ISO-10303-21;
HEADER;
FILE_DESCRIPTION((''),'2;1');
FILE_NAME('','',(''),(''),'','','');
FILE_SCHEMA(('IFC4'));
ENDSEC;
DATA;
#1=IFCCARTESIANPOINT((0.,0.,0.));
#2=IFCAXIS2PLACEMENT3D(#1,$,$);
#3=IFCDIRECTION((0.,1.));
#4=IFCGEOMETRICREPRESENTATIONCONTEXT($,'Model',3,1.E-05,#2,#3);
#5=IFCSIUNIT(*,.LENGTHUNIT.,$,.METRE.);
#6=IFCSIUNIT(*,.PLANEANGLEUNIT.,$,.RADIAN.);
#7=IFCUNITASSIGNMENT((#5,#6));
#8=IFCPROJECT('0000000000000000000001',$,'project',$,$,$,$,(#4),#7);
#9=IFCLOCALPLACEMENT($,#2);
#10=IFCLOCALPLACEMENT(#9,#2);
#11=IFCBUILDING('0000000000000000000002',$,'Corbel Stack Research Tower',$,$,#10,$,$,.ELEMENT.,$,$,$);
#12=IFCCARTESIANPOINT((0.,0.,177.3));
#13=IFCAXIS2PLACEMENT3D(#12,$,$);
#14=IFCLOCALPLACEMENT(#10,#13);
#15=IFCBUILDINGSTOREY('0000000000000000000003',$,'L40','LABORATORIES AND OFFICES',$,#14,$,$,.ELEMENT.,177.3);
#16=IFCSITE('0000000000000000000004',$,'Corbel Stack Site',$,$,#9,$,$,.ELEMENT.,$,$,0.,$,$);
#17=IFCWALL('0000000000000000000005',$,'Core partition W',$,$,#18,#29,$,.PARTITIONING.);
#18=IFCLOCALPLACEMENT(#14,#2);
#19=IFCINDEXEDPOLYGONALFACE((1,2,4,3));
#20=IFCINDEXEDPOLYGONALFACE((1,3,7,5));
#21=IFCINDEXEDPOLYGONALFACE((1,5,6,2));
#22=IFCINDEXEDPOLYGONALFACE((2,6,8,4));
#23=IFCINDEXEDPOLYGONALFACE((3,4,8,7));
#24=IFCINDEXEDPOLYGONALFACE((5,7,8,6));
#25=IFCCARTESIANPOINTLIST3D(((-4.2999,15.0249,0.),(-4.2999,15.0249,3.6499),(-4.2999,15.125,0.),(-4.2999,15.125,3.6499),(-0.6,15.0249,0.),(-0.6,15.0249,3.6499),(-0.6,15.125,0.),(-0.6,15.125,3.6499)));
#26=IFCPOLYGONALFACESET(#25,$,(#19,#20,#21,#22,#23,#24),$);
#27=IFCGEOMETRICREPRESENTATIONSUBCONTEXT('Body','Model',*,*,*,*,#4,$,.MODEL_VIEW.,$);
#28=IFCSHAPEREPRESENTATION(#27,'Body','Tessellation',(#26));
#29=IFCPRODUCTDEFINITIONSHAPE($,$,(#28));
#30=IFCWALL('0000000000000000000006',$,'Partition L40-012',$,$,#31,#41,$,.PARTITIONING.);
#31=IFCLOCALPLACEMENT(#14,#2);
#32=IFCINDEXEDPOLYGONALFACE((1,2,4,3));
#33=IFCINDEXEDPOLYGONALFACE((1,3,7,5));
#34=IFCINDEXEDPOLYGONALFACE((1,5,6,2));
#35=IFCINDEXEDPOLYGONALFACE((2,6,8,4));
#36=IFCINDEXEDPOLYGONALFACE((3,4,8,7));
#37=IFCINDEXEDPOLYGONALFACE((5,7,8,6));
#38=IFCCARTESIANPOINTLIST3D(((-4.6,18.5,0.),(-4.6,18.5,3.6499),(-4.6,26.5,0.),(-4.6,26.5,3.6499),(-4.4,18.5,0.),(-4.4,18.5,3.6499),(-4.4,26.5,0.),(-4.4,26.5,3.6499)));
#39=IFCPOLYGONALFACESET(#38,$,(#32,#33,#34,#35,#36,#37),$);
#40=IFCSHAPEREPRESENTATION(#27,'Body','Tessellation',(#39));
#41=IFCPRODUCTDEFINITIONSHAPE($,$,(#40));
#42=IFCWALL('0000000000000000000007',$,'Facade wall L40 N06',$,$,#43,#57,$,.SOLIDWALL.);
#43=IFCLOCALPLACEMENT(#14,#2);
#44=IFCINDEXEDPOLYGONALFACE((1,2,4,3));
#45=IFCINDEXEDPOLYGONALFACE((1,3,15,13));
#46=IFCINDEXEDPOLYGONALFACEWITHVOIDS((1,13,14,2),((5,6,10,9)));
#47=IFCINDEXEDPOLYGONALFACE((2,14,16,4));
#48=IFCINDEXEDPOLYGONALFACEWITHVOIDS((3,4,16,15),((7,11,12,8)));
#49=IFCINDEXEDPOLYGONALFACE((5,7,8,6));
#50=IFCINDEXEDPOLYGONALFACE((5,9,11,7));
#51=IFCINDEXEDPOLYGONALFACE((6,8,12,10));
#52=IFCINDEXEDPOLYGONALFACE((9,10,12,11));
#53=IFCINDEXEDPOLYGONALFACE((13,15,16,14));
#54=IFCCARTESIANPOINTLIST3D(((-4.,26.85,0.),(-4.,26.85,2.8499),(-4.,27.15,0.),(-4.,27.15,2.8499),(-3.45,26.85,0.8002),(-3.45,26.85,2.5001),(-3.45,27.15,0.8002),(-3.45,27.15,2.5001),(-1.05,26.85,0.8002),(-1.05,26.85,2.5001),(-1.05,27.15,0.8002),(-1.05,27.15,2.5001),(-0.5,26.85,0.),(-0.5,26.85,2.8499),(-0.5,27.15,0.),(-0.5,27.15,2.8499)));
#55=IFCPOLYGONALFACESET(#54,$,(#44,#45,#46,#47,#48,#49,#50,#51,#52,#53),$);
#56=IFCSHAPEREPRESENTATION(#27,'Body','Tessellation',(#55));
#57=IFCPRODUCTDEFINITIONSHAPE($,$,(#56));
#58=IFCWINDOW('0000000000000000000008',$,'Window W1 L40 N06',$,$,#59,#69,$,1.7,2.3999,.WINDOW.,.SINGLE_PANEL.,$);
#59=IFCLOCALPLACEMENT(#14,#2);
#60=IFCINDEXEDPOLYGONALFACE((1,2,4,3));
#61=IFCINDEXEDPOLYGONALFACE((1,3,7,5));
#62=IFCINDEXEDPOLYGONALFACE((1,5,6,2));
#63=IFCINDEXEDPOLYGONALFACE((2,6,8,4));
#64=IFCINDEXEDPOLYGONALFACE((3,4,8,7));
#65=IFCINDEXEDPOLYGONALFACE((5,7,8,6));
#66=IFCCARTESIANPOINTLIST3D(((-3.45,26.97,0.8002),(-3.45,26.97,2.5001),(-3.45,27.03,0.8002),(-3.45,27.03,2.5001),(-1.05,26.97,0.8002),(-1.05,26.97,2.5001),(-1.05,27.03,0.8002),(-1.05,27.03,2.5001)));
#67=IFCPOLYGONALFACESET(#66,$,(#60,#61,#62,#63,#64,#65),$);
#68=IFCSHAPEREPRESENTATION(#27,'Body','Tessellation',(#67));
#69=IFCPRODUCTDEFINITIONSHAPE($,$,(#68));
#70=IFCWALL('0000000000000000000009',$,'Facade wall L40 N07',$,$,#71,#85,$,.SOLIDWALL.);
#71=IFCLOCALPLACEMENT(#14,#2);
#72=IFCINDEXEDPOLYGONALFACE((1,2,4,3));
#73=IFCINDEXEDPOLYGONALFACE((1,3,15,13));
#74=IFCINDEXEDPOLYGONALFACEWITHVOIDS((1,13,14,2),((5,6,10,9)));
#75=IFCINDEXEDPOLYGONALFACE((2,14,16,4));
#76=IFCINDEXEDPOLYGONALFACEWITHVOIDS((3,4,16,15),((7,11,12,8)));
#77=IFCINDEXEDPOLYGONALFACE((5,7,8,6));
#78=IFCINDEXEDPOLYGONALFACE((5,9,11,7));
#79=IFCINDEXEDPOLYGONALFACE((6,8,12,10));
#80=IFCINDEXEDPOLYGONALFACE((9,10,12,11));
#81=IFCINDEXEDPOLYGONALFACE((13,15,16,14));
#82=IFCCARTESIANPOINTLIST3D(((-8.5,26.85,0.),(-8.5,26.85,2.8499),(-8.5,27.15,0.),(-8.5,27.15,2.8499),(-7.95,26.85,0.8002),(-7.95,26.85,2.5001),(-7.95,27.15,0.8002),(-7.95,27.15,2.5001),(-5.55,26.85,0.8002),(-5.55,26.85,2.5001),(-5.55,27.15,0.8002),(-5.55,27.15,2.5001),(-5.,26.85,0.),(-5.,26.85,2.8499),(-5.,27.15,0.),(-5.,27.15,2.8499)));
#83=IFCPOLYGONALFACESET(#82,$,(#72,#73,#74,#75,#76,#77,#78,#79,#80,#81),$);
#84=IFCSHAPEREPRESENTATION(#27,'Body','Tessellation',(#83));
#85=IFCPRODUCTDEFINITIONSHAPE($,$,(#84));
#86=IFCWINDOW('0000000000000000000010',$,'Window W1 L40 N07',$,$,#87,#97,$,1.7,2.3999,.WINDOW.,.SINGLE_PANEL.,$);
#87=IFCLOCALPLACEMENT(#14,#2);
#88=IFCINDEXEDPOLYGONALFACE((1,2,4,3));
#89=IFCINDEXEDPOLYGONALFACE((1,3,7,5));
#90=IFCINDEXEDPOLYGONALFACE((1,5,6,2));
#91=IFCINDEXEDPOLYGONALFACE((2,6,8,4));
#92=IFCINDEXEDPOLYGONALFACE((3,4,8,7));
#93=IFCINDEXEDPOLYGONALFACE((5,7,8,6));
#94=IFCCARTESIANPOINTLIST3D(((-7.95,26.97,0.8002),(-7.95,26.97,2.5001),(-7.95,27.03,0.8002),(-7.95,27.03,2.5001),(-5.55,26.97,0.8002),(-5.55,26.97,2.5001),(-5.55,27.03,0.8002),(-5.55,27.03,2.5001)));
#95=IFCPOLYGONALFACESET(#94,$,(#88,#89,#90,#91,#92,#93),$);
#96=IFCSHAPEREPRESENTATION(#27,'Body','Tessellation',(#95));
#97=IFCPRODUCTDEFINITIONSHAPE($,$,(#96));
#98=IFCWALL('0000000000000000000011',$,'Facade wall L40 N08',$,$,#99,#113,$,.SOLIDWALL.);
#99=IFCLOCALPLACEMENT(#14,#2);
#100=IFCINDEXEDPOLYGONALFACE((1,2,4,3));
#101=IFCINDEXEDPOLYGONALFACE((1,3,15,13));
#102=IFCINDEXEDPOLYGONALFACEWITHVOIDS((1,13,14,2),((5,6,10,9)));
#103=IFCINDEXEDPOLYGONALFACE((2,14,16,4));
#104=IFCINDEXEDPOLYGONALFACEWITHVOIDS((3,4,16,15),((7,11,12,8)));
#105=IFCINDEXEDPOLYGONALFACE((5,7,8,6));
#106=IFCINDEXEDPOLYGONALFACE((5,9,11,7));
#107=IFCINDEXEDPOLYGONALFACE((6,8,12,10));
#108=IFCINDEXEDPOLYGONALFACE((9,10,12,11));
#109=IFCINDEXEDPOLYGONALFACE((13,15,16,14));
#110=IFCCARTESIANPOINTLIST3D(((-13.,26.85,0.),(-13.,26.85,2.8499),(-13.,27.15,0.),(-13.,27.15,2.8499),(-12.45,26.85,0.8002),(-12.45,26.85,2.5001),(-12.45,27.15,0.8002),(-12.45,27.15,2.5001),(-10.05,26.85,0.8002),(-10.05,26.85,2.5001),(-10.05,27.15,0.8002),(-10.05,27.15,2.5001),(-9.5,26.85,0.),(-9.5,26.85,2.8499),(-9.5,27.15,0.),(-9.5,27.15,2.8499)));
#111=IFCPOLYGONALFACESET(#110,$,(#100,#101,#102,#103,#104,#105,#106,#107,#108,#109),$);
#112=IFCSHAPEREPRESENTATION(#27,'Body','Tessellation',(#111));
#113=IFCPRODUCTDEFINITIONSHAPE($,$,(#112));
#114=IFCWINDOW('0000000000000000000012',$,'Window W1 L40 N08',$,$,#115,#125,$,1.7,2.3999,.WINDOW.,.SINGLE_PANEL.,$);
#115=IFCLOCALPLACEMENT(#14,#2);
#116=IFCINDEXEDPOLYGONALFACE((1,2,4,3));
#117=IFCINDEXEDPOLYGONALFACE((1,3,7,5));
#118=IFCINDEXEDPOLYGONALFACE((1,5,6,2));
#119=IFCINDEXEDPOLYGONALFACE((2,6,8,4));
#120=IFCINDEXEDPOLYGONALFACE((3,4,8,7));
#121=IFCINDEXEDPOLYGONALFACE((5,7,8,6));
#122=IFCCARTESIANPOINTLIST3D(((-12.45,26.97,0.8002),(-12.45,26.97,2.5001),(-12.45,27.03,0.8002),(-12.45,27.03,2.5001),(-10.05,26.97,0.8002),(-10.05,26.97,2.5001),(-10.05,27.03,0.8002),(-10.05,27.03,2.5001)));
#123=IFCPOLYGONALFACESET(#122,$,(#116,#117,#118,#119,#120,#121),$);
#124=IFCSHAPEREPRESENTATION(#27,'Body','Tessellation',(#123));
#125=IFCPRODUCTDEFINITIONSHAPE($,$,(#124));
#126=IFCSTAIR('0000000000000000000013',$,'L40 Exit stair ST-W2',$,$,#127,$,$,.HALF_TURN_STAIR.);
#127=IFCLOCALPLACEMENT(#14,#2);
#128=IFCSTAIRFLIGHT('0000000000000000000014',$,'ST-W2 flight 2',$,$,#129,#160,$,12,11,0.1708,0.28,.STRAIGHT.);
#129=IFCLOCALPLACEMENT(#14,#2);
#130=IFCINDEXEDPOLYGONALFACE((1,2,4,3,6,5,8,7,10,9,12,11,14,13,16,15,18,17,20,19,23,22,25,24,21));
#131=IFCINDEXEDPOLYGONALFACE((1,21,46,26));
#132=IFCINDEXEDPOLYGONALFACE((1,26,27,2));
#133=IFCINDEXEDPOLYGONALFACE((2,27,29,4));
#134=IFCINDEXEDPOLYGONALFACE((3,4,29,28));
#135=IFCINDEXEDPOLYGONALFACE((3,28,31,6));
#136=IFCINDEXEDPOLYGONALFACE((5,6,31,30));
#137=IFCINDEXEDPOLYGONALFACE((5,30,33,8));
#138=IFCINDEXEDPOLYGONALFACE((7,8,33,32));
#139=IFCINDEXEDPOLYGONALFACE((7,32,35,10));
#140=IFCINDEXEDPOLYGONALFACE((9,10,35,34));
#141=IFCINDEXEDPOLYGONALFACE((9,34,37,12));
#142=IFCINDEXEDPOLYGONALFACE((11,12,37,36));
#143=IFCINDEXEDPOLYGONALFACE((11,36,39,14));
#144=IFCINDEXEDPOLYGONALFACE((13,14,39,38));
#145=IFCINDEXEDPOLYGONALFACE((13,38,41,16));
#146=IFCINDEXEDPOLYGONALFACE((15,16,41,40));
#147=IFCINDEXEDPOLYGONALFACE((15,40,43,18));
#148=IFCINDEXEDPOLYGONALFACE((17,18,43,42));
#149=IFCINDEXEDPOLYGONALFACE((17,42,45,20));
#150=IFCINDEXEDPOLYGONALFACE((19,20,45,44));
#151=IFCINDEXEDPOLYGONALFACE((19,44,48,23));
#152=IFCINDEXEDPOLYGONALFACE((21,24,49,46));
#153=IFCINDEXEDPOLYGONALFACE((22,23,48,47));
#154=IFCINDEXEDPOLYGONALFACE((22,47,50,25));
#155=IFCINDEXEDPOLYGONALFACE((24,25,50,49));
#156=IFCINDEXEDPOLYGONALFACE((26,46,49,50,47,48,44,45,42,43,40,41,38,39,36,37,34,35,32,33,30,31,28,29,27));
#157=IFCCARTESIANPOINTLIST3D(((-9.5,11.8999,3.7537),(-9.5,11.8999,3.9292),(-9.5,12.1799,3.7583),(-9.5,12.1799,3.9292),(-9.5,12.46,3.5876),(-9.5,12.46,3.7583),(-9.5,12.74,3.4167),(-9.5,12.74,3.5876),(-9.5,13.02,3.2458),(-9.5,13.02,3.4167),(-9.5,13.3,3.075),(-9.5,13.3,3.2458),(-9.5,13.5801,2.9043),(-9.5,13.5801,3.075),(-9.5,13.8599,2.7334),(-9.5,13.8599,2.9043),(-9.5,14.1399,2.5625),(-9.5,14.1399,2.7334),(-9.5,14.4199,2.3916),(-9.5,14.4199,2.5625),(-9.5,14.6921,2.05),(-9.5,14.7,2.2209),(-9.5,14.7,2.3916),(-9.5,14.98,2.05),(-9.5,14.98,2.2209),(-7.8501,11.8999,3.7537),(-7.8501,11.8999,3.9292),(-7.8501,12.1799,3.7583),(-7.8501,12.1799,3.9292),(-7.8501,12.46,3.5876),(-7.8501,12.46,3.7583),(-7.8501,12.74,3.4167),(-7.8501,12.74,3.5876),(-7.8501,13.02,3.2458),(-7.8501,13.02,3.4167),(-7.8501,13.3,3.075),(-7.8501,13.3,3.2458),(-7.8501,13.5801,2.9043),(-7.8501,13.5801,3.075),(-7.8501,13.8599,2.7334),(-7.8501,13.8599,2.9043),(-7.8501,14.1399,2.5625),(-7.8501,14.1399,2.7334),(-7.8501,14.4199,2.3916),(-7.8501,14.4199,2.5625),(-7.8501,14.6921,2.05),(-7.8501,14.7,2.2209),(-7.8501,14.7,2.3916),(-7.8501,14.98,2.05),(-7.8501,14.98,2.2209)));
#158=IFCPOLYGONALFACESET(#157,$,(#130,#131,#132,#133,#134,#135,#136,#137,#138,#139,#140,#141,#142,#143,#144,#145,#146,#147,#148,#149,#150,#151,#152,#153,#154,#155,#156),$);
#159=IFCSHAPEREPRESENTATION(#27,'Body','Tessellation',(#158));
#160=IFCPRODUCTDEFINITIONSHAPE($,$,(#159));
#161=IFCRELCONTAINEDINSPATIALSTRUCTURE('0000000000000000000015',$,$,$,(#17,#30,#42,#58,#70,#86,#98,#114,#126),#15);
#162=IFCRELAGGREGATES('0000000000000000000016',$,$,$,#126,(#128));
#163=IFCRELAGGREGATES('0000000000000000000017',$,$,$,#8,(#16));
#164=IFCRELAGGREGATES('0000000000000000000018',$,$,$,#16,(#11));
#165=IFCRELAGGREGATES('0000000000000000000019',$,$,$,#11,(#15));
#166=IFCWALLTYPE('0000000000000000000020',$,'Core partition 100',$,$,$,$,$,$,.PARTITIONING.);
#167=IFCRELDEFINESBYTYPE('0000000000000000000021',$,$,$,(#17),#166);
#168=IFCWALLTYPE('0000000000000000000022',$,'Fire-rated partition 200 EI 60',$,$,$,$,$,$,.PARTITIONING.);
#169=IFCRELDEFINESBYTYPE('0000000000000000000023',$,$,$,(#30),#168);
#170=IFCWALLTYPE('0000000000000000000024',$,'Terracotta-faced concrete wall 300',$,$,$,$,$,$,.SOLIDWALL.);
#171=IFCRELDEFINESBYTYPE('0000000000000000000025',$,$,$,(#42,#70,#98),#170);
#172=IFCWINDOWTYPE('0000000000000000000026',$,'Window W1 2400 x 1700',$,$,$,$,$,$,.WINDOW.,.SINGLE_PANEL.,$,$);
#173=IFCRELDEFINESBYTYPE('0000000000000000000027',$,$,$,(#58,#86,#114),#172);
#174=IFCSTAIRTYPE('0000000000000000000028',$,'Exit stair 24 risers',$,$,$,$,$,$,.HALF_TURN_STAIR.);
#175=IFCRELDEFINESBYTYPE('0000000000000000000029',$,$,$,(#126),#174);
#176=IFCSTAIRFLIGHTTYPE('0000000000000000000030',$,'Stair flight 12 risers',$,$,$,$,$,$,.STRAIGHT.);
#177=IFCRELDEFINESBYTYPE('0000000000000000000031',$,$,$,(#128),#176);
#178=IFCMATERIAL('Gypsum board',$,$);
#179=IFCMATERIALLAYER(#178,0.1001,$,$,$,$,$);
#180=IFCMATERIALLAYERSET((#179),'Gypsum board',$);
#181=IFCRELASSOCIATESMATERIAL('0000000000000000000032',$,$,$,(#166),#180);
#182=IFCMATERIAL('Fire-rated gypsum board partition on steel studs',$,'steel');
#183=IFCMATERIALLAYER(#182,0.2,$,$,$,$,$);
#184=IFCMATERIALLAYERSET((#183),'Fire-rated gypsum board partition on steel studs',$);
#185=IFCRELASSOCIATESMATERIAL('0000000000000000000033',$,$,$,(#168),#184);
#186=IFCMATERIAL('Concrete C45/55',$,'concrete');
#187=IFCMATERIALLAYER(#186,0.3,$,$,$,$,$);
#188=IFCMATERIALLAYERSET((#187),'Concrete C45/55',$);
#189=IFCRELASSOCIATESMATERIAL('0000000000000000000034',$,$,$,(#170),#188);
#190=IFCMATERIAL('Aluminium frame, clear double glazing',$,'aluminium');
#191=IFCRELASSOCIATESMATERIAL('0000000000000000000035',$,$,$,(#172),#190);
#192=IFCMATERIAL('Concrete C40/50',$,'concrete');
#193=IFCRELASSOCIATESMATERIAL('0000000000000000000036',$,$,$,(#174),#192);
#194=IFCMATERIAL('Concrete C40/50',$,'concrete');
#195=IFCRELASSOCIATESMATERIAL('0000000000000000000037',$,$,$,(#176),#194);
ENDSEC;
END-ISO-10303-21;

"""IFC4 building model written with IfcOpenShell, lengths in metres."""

from ifc_helpers import new_model, si_unit, direction, frame, frame_2d, origin, place, context, subcontext, project, spatial, polyline, rectangle, outline, extrude, material, layer, layer_set, type_object, element, fill, aggregate, save


model = new_model("IFC4")

# Units and contexts
model_context = context("Model", 3, precision=1e-05, world=origin(), true_north=direction((0.0, 1.0)))
body_context = subcontext(model_context, "Body", "Model", "MODEL_VIEW")
ifc_project = project(units=[si_unit("LENGTHUNIT", "METRE"), si_unit("PLANEANGLEUNIT", "RADIAN")], contexts=[model_context])

# Site, building, storey
site_placement = place(None, origin())
site = spatial("IfcSite", under=ifc_project, at=site_placement, Name="Corbel Stack Site", CompositionType="ELEMENT", RefElevation=0.0)
building_placement = place(site_placement, origin())
building = spatial("IfcBuilding", under=site, at=building_placement, Name="Corbel Stack Research Tower", CompositionType="ELEMENT")
storey_placement = place(building_placement, frame((0.0, 0.0, 177.3)))
storey = spatial("IfcBuildingStorey", under=building, at=storey_placement, Name="L40", Description="LABORATORIES AND OFFICES", CompositionType="ELEMENT", Elevation=177.3)

# Shared definitions
ifc_material_1 = material(Name="Gypsum board")
ifc_layer_1 = layer(ifc_material_1, 0.1001)
ifc_layer_set_1 = layer_set([ifc_layer_1], Name="Gypsum board")
wall_type_1 = type_object("IfcWallType", Name="Core partition 100", PredefinedType="PARTITIONING", material=ifc_layer_set_1)

# Walls
wall_1_placement = place(storey_placement, frame((-4.3, 15.075, 0.0), z_axis=(0.0, 0.0, 1.0), x_axis=(1.0, 0.0, 0.0)))
element("IfcWall", 1, at=wall_1_placement, inside=storey, type_object=wall_type_1, Name="Core partition W", PredefinedType="PARTITIONING", context=body_context, shape_type="SweptSolid", body=[
    extrude(rectangle(XDim=3.7, YDim=0.1001, at=frame_2d((1.8501, 0.0))), origin(), (0.0, 0.0, 1.0), 3.6499),
])
ifc_material_2 = material(Name="Fire-rated gypsum board partition on steel studs", Category="steel")
ifc_layer_2 = layer(ifc_material_2, 0.2)
ifc_layer_set_2 = layer_set([ifc_layer_2], Name="Fire-rated gypsum board partition on steel studs")
wall_type_2 = type_object("IfcWallType", Name="Fire-rated partition 200 EI 60", PredefinedType="PARTITIONING", material=ifc_layer_set_2)
wall_2_placement = place(storey_placement, frame((-4.5, 18.5, 0.0), z_axis=(0.0, 0.0, 1.0), x_axis=(0.0, 1.0, 0.0)))
element("IfcWall", 2, at=wall_2_placement, inside=storey, type_object=wall_type_2, Name="Partition L40-012", PredefinedType="PARTITIONING", context=body_context, shape_type="SweptSolid", body=[
    extrude(rectangle(XDim=8.0, YDim=0.2, at=frame_2d((4.0, 0.0))), origin(), (0.0, 0.0, 1.0), 3.6499),
])

# Walls, openings, windows
ifc_material_3 = material(Name="Concrete C45/55", Category="concrete")
ifc_layer_3 = layer(ifc_material_3, 0.3)
ifc_layer_set_3 = layer_set([ifc_layer_3], Name="Concrete C45/55")
wall_type_3 = type_object("IfcWallType", Name="Terracotta-faced concrete wall 300", PredefinedType="SOLIDWALL", material=ifc_layer_set_3)
wall_3_placement = place(storey_placement, frame((-4.0, 27.0, 0.0), z_axis=(0.0, 0.0, 1.0), x_axis=(1.0, 0.0, 0.0)))
wall_3 = element("IfcWall", 3, at=wall_3_placement, inside=storey, type_object=wall_type_3, Name="Facade wall L40 N06", PredefinedType="SOLIDWALL", context=body_context, shape_type="SweptSolid", body=[
    extrude(rectangle(XDim=3.5, YDim=0.3, at=frame_2d((1.75, 0.0))), origin(), (0.0, 0.0, 1.0), 2.8499),
])
opening_1_placement = place(wall_3_placement, frame((0.55, 0.0, 0.8)))
opening_1 = element("IfcOpeningElement", 4, at=opening_1_placement, cuts=wall_3, PredefinedType="OPENING", context=body_context, shape_type="SweptSolid", body=[
    extrude(rectangle(XDim=2.3999, YDim=1.7, at=frame_2d((1.2, 0.8501))), frame((0.0, 0.1599, 0.0), z_axis=(0.0, -1.0, 0.0), x_axis=(1.0, 0.0, 0.0)), (0.0, 0.0, 1.0), 0.3201),
])
ifc_material_4 = material(Name="Aluminium frame, clear double glazing", Category="aluminium")
window_type = type_object("IfcWindowType", Name="Window W1 2400 x 1700", PartitioningType="SINGLE_PANEL", PredefinedType="WINDOW", material=ifc_material_4)
window_1_placement = place(opening_1_placement, origin())
window_1 = element("IfcWindow", 5, at=window_1_placement, inside=storey, type_object=window_type, Name="Window W1 L40 N06", OverallHeight=1.7, OverallWidth=2.3999, PartitioningType="SINGLE_PANEL", PredefinedType="WINDOW", context=body_context, shape_type="SweptSolid", body=[
    extrude(rectangle(XDim=2.3999, YDim=1.7, at=frame_2d((1.2, 0.8501))), frame((0.0, 0.03, 0.0), z_axis=(0.0, -1.0, 0.0), x_axis=(1.0, 0.0, 0.0)), (0.0, 0.0, 1.0), 0.0601),
])
fill(opening_1, window_1)
wall_4_placement = place(storey_placement, frame((-8.5, 27.0, 0.0), z_axis=(0.0, 0.0, 1.0), x_axis=(1.0, 0.0, 0.0)))
wall_4 = element("IfcWall", 6, at=wall_4_placement, inside=storey, type_object=wall_type_3, Name="Facade wall L40 N07", PredefinedType="SOLIDWALL", context=body_context, shape_type="SweptSolid", body=[
    extrude(rectangle(XDim=3.5, YDim=0.3, at=frame_2d((1.75, 0.0))), origin(), (0.0, 0.0, 1.0), 2.8499),
])
opening_2_placement = place(wall_4_placement, frame((0.55, 0.0, 0.8)))
opening_2 = element("IfcOpeningElement", 7, at=opening_2_placement, cuts=wall_4, PredefinedType="OPENING", context=body_context, shape_type="SweptSolid", body=[
    extrude(rectangle(XDim=2.3999, YDim=1.7, at=frame_2d((1.2, 0.8501))), frame((0.0, 0.1599, 0.0), z_axis=(0.0, -1.0, 0.0), x_axis=(1.0, 0.0, 0.0)), (0.0, 0.0, 1.0), 0.3201),
])
window_2_placement = place(opening_2_placement, origin())
window_2 = element("IfcWindow", 8, at=window_2_placement, inside=storey, type_object=window_type, Name="Window W1 L40 N07", OverallHeight=1.7, OverallWidth=2.3999, PartitioningType="SINGLE_PANEL", PredefinedType="WINDOW", context=body_context, shape_type="SweptSolid", body=[
    extrude(rectangle(XDim=2.3999, YDim=1.7, at=frame_2d((1.2, 0.8501))), frame((0.0, 0.03, 0.0), z_axis=(0.0, -1.0, 0.0), x_axis=(1.0, 0.0, 0.0)), (0.0, 0.0, 1.0), 0.0601),
])
fill(opening_2, window_2)
wall_5_placement = place(storey_placement, frame((-13.0, 27.0, 0.0), z_axis=(0.0, 0.0, 1.0), x_axis=(1.0, 0.0, 0.0)))
wall_5 = element("IfcWall", 9, at=wall_5_placement, inside=storey, type_object=wall_type_3, Name="Facade wall L40 N08", PredefinedType="SOLIDWALL", context=body_context, shape_type="SweptSolid", body=[
    extrude(rectangle(XDim=3.5, YDim=0.3, at=frame_2d((1.75, 0.0))), origin(), (0.0, 0.0, 1.0), 2.8499),
])
opening_3_placement = place(wall_5_placement, frame((0.55, 0.0, 0.8)))
opening_3 = element("IfcOpeningElement", 10, at=opening_3_placement, cuts=wall_5, PredefinedType="OPENING", context=body_context, shape_type="SweptSolid", body=[
    extrude(rectangle(XDim=2.3999, YDim=1.7, at=frame_2d((1.2, 0.8501))), frame((0.0, 0.1599, 0.0), z_axis=(0.0, -1.0, 0.0), x_axis=(1.0, 0.0, 0.0)), (0.0, 0.0, 1.0), 0.3201),
])
window_3_placement = place(opening_3_placement, origin())
window_3 = element("IfcWindow", 11, at=window_3_placement, inside=storey, type_object=window_type, Name="Window W1 L40 N08", OverallHeight=1.7, OverallWidth=2.3999, PartitioningType="SINGLE_PANEL", PredefinedType="WINDOW", context=body_context, shape_type="SweptSolid", body=[
    extrude(rectangle(XDim=2.3999, YDim=1.7, at=frame_2d((1.2, 0.8501))), frame((0.0, 0.03, 0.0), z_axis=(0.0, -1.0, 0.0), x_axis=(1.0, 0.0, 0.0)), (0.0, 0.0, 1.0), 0.0601),
])
fill(opening_3, window_3)

# Stair, stair flight
ifc_material_5 = material(Name="Concrete C40/50", Category="concrete")
stair_type = type_object("IfcStairType", Name="Exit stair 24 risers", PredefinedType="HALF_TURN_STAIR", material=ifc_material_5)
stair_placement = place(storey_placement, origin())
stair = element("IfcStair", 12, at=stair_placement, inside=storey, type_object=stair_type, Name="L40 Exit stair ST-W2", PredefinedType="HALF_TURN_STAIR")
ifc_material_6 = material(Name="Concrete C40/50", Category="concrete")
stair_flight_type = type_object("IfcStairFlightType", Name="Stair flight 12 risers", PredefinedType="STRAIGHT", material=ifc_material_6)
stair_flight_placement = place(storey_placement, frame((-8.675, 14.98, 2.05), z_axis=(0.0, 0.0, 1.0), x_axis=(0.0, -1.0, 0.0)))
stair_flight = element("IfcStairFlight", 13, at=stair_flight_placement, type_object=stair_flight_type, Name="ST-W2 flight 2", NumberOfRisers=12, NumberOfTreads=11, PredefinedType="STRAIGHT", RiserHeight=0.1708, TreadLength=0.28, context=body_context, shape_type="SweptSolid", body=[
    extrude(outline(polyline([(0.0, 0.0), (0.0, 0.1709), (0.28, 0.1709), (0.28, 0.3416), (0.5601, 0.3416), (0.5601, 0.5125), (0.8401, 0.5125), (0.8401, 0.6833), (1.1201, 0.6833), (1.1201, 0.8542), (1.3999, 0.8542), (1.3999, 1.0249), (1.6799, 1.0249), (1.6799, 1.1958), (1.96, 1.1958), (1.96, 1.3667), (2.24, 1.3667), (2.24, 1.5376), (2.52, 1.5376), (2.52, 1.7083), (2.8, 1.7083), (2.8, 1.8792), (3.0801, 1.8792), (3.0801, 2.05), (3.0801, 1.7036), (0.2878, 0.0), (0.0, 0.0)])), frame((0.0, 0.825, 0.0), z_axis=(0.0, -1.0, 0.0), x_axis=(1.0, 0.0, 0.0)), (0.0, 0.0, 1.0), 1.6499),
])
aggregate(stair, [stair_flight])

save(model, "model.ifc")
